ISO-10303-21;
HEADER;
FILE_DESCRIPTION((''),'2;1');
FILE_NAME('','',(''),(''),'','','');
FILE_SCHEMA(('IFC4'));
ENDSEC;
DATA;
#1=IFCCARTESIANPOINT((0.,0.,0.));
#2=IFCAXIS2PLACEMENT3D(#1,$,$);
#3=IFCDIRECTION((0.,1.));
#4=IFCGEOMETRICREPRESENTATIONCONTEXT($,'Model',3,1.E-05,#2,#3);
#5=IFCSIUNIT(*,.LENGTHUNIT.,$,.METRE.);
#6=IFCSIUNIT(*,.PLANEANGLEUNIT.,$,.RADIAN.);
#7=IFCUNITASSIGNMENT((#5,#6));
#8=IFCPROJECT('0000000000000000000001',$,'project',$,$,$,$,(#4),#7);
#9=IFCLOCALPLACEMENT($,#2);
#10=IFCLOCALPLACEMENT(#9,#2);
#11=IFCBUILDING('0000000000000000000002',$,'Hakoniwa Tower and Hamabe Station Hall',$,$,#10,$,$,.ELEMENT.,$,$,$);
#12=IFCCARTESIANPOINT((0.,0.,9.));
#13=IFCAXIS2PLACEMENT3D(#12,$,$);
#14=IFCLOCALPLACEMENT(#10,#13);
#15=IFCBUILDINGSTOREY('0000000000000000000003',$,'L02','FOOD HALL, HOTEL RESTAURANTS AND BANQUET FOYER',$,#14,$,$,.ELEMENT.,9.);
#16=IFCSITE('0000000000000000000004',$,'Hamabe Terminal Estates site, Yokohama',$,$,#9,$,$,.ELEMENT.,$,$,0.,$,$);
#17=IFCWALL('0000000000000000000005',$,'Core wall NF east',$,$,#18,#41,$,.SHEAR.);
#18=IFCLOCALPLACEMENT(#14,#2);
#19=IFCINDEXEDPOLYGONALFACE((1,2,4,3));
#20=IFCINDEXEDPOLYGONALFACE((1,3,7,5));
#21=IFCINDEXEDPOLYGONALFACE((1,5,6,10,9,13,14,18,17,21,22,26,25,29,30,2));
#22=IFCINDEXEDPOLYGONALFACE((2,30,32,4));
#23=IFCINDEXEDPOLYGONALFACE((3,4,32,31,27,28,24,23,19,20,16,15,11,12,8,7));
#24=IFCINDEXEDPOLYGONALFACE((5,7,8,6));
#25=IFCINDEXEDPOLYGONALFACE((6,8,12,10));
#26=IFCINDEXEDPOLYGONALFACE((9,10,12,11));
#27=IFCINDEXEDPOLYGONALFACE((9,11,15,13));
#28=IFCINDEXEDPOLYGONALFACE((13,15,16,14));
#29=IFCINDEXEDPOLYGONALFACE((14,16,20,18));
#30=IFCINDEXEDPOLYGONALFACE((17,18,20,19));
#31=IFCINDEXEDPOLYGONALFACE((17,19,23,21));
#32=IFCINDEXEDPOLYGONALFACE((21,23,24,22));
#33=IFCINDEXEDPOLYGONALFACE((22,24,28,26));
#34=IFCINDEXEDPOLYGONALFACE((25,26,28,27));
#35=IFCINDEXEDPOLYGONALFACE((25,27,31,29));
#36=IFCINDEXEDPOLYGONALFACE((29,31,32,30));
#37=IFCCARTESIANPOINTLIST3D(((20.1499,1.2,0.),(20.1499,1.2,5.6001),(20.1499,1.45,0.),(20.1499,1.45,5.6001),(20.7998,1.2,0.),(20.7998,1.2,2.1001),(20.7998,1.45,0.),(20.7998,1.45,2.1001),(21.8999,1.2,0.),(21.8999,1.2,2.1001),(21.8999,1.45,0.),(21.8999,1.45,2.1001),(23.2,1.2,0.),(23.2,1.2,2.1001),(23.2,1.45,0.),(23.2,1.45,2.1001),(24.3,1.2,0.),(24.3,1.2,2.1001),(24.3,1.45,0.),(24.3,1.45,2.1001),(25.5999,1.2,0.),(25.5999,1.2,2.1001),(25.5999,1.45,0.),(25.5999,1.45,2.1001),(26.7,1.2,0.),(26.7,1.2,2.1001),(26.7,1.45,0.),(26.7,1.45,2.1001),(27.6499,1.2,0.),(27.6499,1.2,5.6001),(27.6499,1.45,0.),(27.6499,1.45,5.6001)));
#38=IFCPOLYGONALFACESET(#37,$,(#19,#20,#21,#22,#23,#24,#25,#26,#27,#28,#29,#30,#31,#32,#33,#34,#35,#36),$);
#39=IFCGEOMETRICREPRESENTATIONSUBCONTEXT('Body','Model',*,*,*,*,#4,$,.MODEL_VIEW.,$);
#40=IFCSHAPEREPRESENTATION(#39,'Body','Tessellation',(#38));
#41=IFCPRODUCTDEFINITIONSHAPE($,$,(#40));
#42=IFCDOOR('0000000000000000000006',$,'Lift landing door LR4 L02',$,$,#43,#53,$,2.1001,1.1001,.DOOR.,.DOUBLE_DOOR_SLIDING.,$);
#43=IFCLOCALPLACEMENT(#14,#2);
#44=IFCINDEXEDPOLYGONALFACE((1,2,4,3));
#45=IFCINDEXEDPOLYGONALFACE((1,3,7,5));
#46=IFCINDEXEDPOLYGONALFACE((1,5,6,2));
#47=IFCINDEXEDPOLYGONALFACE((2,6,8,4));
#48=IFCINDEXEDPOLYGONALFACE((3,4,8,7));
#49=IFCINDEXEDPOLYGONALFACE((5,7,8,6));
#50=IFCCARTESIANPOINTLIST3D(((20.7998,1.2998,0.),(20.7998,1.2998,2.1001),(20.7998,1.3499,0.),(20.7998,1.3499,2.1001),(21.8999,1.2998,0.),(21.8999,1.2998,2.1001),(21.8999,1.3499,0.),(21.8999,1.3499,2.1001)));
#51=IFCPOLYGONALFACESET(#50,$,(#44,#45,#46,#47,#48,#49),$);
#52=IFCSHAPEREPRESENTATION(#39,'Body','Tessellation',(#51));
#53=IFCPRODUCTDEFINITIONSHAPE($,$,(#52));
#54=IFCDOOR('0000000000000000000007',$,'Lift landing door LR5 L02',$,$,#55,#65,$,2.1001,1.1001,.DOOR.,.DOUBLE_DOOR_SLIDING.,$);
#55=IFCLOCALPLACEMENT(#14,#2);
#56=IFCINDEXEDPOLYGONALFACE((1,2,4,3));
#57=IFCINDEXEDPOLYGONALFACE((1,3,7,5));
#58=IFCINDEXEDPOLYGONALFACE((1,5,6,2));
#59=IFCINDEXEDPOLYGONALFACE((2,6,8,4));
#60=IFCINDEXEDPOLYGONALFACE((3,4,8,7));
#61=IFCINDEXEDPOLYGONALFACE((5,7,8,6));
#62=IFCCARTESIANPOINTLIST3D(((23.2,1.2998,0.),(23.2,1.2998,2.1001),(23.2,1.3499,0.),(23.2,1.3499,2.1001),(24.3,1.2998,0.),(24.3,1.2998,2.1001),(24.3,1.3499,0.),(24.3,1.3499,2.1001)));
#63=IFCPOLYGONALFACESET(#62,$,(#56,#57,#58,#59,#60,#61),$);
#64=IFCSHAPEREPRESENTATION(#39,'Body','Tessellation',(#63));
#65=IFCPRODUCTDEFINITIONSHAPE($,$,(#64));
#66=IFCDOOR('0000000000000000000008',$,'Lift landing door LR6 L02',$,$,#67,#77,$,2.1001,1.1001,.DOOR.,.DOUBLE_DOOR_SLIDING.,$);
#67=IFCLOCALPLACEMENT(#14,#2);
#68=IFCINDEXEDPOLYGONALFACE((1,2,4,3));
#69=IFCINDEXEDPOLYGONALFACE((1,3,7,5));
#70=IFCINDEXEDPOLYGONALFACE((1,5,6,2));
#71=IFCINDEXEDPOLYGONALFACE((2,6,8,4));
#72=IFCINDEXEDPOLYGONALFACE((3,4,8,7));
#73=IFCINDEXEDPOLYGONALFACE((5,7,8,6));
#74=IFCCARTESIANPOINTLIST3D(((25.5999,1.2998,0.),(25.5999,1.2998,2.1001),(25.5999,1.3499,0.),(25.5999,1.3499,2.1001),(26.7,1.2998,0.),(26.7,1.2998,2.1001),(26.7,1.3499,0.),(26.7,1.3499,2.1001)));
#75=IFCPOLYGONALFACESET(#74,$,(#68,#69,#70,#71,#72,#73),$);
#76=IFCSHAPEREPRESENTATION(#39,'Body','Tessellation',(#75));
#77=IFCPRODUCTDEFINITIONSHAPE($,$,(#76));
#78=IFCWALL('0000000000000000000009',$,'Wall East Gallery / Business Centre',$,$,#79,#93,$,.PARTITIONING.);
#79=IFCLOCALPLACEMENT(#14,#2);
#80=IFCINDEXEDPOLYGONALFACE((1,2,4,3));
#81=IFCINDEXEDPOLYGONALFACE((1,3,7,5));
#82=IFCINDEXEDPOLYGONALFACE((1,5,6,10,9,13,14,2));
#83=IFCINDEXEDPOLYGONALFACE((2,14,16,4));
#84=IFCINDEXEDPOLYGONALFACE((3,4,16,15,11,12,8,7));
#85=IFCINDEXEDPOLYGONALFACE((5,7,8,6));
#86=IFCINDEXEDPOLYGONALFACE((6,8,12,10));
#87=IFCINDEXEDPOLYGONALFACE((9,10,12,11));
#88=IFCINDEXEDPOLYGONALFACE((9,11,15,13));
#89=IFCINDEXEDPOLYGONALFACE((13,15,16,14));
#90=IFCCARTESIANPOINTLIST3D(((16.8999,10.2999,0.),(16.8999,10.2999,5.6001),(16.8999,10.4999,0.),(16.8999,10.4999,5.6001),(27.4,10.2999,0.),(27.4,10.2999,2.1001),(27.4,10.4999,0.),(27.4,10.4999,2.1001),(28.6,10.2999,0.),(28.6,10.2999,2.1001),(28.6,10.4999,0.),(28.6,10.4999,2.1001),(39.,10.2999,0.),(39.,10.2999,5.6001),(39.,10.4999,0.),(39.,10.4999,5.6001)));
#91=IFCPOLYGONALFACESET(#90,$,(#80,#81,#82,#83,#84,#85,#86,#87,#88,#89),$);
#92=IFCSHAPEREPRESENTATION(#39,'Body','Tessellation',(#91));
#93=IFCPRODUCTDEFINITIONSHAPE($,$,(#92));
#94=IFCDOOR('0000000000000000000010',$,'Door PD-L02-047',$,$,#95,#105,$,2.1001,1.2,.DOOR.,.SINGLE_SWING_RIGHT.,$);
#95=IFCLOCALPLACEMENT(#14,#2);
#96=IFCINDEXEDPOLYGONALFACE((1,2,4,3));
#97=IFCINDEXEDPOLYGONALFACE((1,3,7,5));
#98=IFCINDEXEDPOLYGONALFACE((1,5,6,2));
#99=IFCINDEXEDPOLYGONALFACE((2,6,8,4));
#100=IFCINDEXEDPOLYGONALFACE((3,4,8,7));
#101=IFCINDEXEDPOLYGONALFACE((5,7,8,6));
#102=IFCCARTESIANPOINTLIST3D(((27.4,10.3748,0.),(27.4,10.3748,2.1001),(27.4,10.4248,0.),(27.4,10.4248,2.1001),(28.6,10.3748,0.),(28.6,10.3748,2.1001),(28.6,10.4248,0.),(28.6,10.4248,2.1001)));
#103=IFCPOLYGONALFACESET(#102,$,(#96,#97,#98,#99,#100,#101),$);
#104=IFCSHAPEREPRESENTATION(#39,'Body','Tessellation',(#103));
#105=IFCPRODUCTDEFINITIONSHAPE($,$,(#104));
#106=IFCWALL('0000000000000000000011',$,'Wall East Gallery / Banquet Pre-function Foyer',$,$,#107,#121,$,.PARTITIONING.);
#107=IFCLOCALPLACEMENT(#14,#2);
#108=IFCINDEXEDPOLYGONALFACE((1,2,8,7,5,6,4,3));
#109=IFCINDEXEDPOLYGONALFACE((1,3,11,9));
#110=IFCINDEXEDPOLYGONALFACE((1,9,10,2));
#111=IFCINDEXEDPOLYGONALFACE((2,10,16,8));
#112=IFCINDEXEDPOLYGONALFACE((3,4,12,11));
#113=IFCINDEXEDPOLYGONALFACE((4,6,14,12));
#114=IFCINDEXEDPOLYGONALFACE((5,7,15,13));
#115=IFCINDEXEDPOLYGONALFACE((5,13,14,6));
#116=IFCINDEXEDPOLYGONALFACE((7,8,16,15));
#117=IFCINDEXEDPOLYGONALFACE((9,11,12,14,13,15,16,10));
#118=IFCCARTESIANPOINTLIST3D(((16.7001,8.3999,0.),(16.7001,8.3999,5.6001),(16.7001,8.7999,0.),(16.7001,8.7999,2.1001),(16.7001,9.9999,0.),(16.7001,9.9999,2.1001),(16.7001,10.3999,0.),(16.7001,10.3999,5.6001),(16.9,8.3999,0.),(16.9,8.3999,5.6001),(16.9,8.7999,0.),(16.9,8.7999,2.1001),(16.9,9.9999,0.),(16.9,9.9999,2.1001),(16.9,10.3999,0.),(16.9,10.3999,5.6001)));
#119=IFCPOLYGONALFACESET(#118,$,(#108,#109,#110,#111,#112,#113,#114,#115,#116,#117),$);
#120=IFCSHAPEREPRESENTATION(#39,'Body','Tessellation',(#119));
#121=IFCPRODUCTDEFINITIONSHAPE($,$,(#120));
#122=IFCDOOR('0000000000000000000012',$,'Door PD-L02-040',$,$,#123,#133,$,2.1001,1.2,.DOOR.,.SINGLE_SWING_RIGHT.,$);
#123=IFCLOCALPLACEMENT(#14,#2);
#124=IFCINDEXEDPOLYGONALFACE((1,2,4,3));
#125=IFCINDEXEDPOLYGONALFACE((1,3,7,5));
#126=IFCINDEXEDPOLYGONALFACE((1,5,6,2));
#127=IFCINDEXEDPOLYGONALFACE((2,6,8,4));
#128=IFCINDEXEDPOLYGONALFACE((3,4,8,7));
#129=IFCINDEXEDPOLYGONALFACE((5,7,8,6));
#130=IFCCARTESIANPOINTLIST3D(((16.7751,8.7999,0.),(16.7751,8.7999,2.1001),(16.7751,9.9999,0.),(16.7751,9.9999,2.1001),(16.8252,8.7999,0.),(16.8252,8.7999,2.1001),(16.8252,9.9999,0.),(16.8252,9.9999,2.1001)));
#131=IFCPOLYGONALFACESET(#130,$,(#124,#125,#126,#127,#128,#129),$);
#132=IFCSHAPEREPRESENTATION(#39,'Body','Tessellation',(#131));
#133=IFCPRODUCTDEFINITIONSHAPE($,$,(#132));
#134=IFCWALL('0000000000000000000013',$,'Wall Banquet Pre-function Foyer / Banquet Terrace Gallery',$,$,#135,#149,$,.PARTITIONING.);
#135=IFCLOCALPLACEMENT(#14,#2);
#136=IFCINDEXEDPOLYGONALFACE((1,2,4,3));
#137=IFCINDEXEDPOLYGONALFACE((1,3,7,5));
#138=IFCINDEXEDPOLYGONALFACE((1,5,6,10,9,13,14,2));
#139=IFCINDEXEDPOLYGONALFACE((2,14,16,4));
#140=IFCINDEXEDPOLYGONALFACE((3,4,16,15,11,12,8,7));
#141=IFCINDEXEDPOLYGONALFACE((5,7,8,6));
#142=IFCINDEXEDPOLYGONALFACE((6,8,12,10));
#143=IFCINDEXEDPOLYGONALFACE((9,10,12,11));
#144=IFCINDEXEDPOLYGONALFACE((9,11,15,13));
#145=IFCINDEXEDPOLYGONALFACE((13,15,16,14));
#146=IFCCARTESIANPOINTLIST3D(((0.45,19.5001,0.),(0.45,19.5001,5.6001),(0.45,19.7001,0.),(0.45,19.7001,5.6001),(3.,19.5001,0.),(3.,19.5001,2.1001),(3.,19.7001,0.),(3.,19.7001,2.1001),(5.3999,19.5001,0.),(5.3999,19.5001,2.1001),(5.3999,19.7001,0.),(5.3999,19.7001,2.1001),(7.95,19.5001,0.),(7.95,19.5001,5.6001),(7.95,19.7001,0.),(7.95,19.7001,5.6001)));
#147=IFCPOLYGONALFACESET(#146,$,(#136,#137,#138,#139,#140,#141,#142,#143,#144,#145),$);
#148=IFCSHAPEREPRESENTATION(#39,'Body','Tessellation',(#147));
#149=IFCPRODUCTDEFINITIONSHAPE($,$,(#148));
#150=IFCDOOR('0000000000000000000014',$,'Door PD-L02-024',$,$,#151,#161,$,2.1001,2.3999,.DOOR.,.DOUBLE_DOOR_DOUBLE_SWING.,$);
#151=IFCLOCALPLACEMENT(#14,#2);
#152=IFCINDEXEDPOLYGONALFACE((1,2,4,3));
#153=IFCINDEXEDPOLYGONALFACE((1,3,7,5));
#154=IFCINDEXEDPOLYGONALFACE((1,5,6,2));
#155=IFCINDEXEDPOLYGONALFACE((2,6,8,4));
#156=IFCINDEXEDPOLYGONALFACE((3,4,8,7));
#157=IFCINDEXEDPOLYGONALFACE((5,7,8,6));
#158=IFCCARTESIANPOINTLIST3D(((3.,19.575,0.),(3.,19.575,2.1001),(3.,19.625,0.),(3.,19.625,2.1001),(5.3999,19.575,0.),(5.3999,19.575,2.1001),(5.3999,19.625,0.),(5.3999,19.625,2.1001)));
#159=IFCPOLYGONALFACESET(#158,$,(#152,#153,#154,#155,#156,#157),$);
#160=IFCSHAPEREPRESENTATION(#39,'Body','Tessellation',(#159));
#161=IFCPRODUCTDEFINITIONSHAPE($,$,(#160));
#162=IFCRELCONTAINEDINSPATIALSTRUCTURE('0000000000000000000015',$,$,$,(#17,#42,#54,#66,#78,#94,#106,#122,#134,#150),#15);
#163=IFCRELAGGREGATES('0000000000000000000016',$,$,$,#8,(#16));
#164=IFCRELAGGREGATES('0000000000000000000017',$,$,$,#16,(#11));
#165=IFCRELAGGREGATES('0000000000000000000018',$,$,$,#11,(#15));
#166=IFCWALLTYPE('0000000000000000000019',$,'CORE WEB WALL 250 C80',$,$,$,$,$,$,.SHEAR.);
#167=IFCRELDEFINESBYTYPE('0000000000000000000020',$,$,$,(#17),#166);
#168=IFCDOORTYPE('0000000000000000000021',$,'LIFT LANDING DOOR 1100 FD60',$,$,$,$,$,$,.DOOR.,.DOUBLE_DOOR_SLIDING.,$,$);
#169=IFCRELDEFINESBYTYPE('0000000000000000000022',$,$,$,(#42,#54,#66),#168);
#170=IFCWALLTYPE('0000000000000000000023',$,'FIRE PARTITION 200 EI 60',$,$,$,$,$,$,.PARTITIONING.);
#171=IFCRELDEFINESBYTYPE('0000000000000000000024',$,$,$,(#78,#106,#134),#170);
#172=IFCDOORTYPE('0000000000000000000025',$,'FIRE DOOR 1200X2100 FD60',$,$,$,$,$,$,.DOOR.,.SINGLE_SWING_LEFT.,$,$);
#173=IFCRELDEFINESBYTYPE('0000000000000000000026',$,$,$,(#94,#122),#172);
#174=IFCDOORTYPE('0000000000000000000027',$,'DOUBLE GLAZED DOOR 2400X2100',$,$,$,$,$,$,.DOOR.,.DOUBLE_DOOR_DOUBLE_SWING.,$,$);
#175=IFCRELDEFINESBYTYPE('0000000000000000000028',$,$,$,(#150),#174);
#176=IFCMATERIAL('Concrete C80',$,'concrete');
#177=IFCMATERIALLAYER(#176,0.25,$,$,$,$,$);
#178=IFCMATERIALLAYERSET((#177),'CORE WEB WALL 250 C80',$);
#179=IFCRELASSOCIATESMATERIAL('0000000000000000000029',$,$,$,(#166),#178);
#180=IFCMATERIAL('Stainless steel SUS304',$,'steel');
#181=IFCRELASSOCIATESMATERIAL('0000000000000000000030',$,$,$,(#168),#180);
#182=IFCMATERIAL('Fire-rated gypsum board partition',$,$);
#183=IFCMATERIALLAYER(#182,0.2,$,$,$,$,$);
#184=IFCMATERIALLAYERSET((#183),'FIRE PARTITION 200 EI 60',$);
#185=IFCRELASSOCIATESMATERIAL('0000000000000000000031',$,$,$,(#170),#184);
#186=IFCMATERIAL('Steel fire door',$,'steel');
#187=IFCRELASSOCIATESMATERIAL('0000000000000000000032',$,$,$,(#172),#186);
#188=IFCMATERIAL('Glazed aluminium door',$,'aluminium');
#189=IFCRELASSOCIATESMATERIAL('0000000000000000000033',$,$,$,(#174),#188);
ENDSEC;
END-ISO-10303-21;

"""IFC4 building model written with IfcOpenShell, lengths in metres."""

from ifc_helpers import new_model, si_unit, direction, frame, frame_2d, origin, place, context, subcontext, project, spatial, rectangle, extrude, material, layer, layer_set, type_object, element, fill, save


model = new_model("IFC4")

# Units and contexts
model_context = context("Model", 3, precision=1e-05, world=origin(), true_north=direction((0.0, 1.0)))
body_context = subcontext(model_context, "Body", "Model", "MODEL_VIEW")
ifc_project = project(units=[si_unit("LENGTHUNIT", "METRE"), si_unit("PLANEANGLEUNIT", "RADIAN")], contexts=[model_context])

# Site, building, storey
site_placement = place(None, origin())
site = spatial("IfcSite", under=ifc_project, at=site_placement, Name="Hamabe Terminal Estates site, Yokohama", CompositionType="ELEMENT", RefElevation=0.0)
building_placement = place(site_placement, origin())
building = spatial("IfcBuilding", under=site, at=building_placement, Name="Hakoniwa Tower and Hamabe Station Hall", CompositionType="ELEMENT")
storey_placement = place(building_placement, frame((0.0, 0.0, 9.0)))
storey = spatial("IfcBuildingStorey", under=building, at=storey_placement, Name="L02", Description="FOOD HALL, HOTEL RESTAURANTS AND BANQUET FOYER", CompositionType="ELEMENT", Elevation=9.0)

# Shared definitions
ifc_material_1 = material(Name="Concrete C80", Category="concrete")
ifc_layer_1 = layer(ifc_material_1, 0.25)
ifc_layer_set_1 = layer_set([ifc_layer_1], Name="CORE WEB WALL 250 C80")
wall_type_1 = type_object("IfcWallType", Name="CORE WEB WALL 250 C80", PredefinedType="SHEAR", material=ifc_layer_set_1)

# Wall, openings, doors
wall_1_placement = place(storey_placement, frame((20.1499, 1.325, 0.0), z_axis=(0.0, 0.0, 1.0), x_axis=(1.0, 0.0, 0.0)))
wall_1 = element("IfcWall", 1, at=wall_1_placement, inside=storey, type_object=wall_type_1, Name="Core wall NF east", PredefinedType="SHEAR", context=body_context, shape_type="SweptSolid", body=[
    extrude(rectangle(XDim=7.5, YDim=0.25, at=frame_2d((3.75, 0.0))), origin(), (0.0, 0.0, 1.0), 5.6001),
])
opening_1_placement = place(wall_1_placement, frame((0.6499, 0.0, 0.0)))
opening_1 = element("IfcOpeningElement", 2, at=opening_1_placement, cuts=wall_1, PredefinedType="OPENING", context=body_context, shape_type="SweptSolid", body=[
    extrude(rectangle(XDim=1.1001, YDim=2.1001, at=frame_2d((0.55, 1.05))), frame((0.0, 0.135, 0.0), z_axis=(0.0, -1.0, 0.0), x_axis=(1.0, 0.0, 0.0)), (0.0, 0.0, 1.0), 0.27),
])
opening_2_placement = place(wall_1_placement, frame((3.05, 0.0, 0.0)))
opening_2 = element("IfcOpeningElement", 3, at=opening_2_placement, cuts=wall_1, PredefinedType="OPENING", context=body_context, shape_type="SweptSolid", body=[
    extrude(rectangle(XDim=1.1001, YDim=2.1001, at=frame_2d((0.55, 1.05))), frame((0.0, 0.135, 0.0), z_axis=(0.0, -1.0, 0.0), x_axis=(1.0, 0.0, 0.0)), (0.0, 0.0, 1.0), 0.27),
])
opening_3_placement = place(wall_1_placement, frame((5.45, 0.0, 0.0)))
opening_3 = element("IfcOpeningElement", 4, at=opening_3_placement, cuts=wall_1, PredefinedType="OPENING", context=body_context, shape_type="SweptSolid", body=[
    extrude(rectangle(XDim=1.1001, YDim=2.1001, at=frame_2d((0.55, 1.05))), frame((0.0, 0.135, 0.0), z_axis=(0.0, -1.0, 0.0), x_axis=(1.0, 0.0, 0.0)), (0.0, 0.0, 1.0), 0.27),
])
ifc_material_2 = material(Name="Stainless steel SUS304", Category="steel")
door_type_1 = type_object("IfcDoorType", Name="LIFT LANDING DOOR 1100 FD60", OperationType="DOUBLE_DOOR_SLIDING", PredefinedType="DOOR", material=ifc_material_2)
door_1_placement = place(opening_1_placement, origin())
door_1 = element("IfcDoor", 5, at=door_1_placement, inside=storey, type_object=door_type_1, Name="Lift landing door LR4 L02", OperationType="DOUBLE_DOOR_SLIDING", OverallHeight=2.1001, OverallWidth=1.1001, PredefinedType="DOOR", context=body_context, shape_type="SweptSolid", body=[
    extrude(rectangle(XDim=1.1001, YDim=2.1001, at=frame_2d((0.55, 1.05))), frame((0.0, 0.0249, 0.0), z_axis=(0.0, -1.0, 0.0), x_axis=(1.0, 0.0, 0.0)), (0.0, 0.0, 1.0), 0.05),
])
fill(opening_1, door_1)
door_2_placement = place(opening_2_placement, origin())
door_2 = element("IfcDoor", 6, at=door_2_placement, inside=storey, type_object=door_type_1, Name="Lift landing door LR5 L02", OperationType="DOUBLE_DOOR_SLIDING", OverallHeight=2.1001, OverallWidth=1.1001, PredefinedType="DOOR", context=body_context, shape_type="SweptSolid", body=[
    extrude(rectangle(XDim=1.1001, YDim=2.1001, at=frame_2d((0.55, 1.05))), frame((0.0, 0.0249, 0.0), z_axis=(0.0, -1.0, 0.0), x_axis=(1.0, 0.0, 0.0)), (0.0, 0.0, 1.0), 0.05),
])
fill(opening_2, door_2)
door_3_placement = place(opening_3_placement, origin())
door_3 = element("IfcDoor", 7, at=door_3_placement, inside=storey, type_object=door_type_1, Name="Lift landing door LR6 L02", OperationType="DOUBLE_DOOR_SLIDING", OverallHeight=2.1001, OverallWidth=1.1001, PredefinedType="DOOR", context=body_context, shape_type="SweptSolid", body=[
    extrude(rectangle(XDim=1.1001, YDim=2.1001, at=frame_2d((0.55, 1.05))), frame((0.0, 0.0249, 0.0), z_axis=(0.0, -1.0, 0.0), x_axis=(1.0, 0.0, 0.0)), (0.0, 0.0, 1.0), 0.05),
])
fill(opening_3, door_3)

# Walls, openings, doors
ifc_material_3 = material(Name="Fire-rated gypsum board partition")
ifc_layer_2 = layer(ifc_material_3, 0.2)
ifc_layer_set_2 = layer_set([ifc_layer_2], Name="FIRE PARTITION 200 EI 60")
wall_type_2 = type_object("IfcWallType", Name="FIRE PARTITION 200 EI 60", PredefinedType="PARTITIONING", material=ifc_layer_set_2)
wall_2_placement = place(storey_placement, frame((16.8999, 10.3999, 0.0), z_axis=(0.0, 0.0, 1.0), x_axis=(1.0, 0.0, 0.0)))
wall_2 = element("IfcWall", 8, at=wall_2_placement, inside=storey, type_object=wall_type_2, Name="Wall East Gallery / Business Centre", PredefinedType="PARTITIONING", context=body_context, shape_type="SweptSolid", body=[
    extrude(rectangle(XDim=22.1001, YDim=0.2, at=frame_2d((11.05, 0.0))), origin(), (0.0, 0.0, 1.0), 5.6001),
])
opening_4_placement = place(wall_2_placement, frame((10.5, 0.0, 0.0)))
opening_4 = element("IfcOpeningElement", 9, at=opening_4_placement, cuts=wall_2, PredefinedType="OPENING", context=body_context, shape_type="SweptSolid", body=[
    extrude(rectangle(XDim=1.2, YDim=2.1001, at=frame_2d((0.6001, 1.05))), frame((0.0, 0.1099, 0.0), z_axis=(0.0, -1.0, 0.0), x_axis=(1.0, 0.0, 0.0)), (0.0, 0.0, 1.0), 0.22),
])
ifc_material_4 = material(Name="Steel fire door", Category="steel")
door_type_2 = type_object("IfcDoorType", Name="FIRE DOOR 1200X2100 FD60", OperationType="SINGLE_SWING_LEFT", PredefinedType="DOOR", material=ifc_material_4)
door_4_placement = place(opening_4_placement, origin())
door_4 = element("IfcDoor", 10, at=door_4_placement, inside=storey, type_object=door_type_2, Name="Door PD-L02-047", OperationType="SINGLE_SWING_RIGHT", OverallHeight=2.1001, OverallWidth=1.2, PredefinedType="DOOR", context=body_context, shape_type="SweptSolid", body=[
    extrude(rectangle(XDim=1.2, YDim=2.1001, at=frame_2d((0.6001, 1.05))), frame((0.0, 0.0249, 0.0), z_axis=(0.0, -1.0, 0.0), x_axis=(1.0, 0.0, 0.0)), (0.0, 0.0, 1.0), 0.05),
])
fill(opening_4, door_4)
wall_3_placement = place(storey_placement, frame((16.8, 8.3999, 0.0), z_axis=(0.0, 0.0, 1.0), x_axis=(0.0, 1.0, 0.0)))
wall_3 = element("IfcWall", 11, at=wall_3_placement, inside=storey, type_object=wall_type_2, Name="Wall East Gallery / Banquet Pre-function Foyer", PredefinedType="PARTITIONING", context=body_context, shape_type="SweptSolid", body=[
    extrude(rectangle(XDim=2.0, YDim=0.2, at=frame_2d((1.0, 0.0))), origin(), (0.0, 0.0, 1.0), 5.6001),
])
opening_5_placement = place(wall_3_placement, frame((0.3999, 0.0, 0.0)))
opening_5 = element("IfcOpeningElement", 12, at=opening_5_placement, cuts=wall_3, PredefinedType="OPENING", context=body_context, shape_type="SweptSolid", body=[
    extrude(rectangle(XDim=1.2, YDim=2.1001, at=frame_2d((0.6001, 1.05))), frame((0.0, 0.1099, 0.0), z_axis=(0.0, -1.0, 0.0), x_axis=(1.0, 0.0, 0.0)), (0.0, 0.0, 1.0), 0.22),
])
door_5_placement = place(opening_5_placement, origin())
door_5 = element("IfcDoor", 13, at=door_5_placement, inside=storey, type_object=door_type_2, Name="Door PD-L02-040", OperationType="SINGLE_SWING_RIGHT", OverallHeight=2.1001, OverallWidth=1.2, PredefinedType="DOOR", context=body_context, shape_type="SweptSolid", body=[
    extrude(rectangle(XDim=1.2, YDim=2.1001, at=frame_2d((0.6001, 1.05))), frame((0.0, 0.0249, 0.0), z_axis=(0.0, -1.0, 0.0), x_axis=(1.0, 0.0, 0.0)), (0.0, 0.0, 1.0), 0.05),
])
fill(opening_5, door_5)
wall_4_placement = place(storey_placement, frame((0.45, 19.6001, 0.0), z_axis=(0.0, 0.0, 1.0), x_axis=(1.0, 0.0, 0.0)))
wall_4 = element("IfcWall", 14, at=wall_4_placement, inside=storey, type_object=wall_type_2, Name="Wall Banquet Pre-function Foyer / Banquet Terrace Gallery", PredefinedType="PARTITIONING", context=body_context, shape_type="SweptSolid", body=[
    extrude(rectangle(XDim=7.5, YDim=0.2, at=frame_2d((3.75, 0.0))), origin(), (0.0, 0.0, 1.0), 5.6001),
])
opening_6_placement = place(wall_4_placement, frame((2.55, 0.0, 0.0)))
opening_6 = element("IfcOpeningElement", 15, at=opening_6_placement, cuts=wall_4, PredefinedType="OPENING", context=body_context, shape_type="SweptSolid", body=[
    extrude(rectangle(XDim=2.3999, YDim=2.1001, at=frame_2d((1.2, 1.05))), frame((0.0, 0.1099, 0.0), z_axis=(0.0, -1.0, 0.0), x_axis=(1.0, 0.0, 0.0)), (0.0, 0.0, 1.0), 0.22),
])
ifc_material_5 = material(Name="Glazed aluminium door", Category="aluminium")
door_type_3 = type_object("IfcDoorType", Name="DOUBLE GLAZED DOOR 2400X2100", OperationType="DOUBLE_DOOR_DOUBLE_SWING", PredefinedType="DOOR", material=ifc_material_5)
door_6_placement = place(opening_6_placement, origin())
door_6 = element("IfcDoor", 16, at=door_6_placement, inside=storey, type_object=door_type_3, Name="Door PD-L02-024", OperationType="DOUBLE_DOOR_DOUBLE_SWING", OverallHeight=2.1001, OverallWidth=2.3999, PredefinedType="DOOR", context=body_context, shape_type="SweptSolid", body=[
    extrude(rectangle(XDim=2.3999, YDim=2.1001, at=frame_2d((1.2, 1.05))), frame((0.0, 0.0249, 0.0), z_axis=(0.0, -1.0, 0.0), x_axis=(1.0, 0.0, 0.0)), (0.0, 0.0, 1.0), 0.05),
])
fill(opening_6, door_6)

save(model, "model.ifc")
